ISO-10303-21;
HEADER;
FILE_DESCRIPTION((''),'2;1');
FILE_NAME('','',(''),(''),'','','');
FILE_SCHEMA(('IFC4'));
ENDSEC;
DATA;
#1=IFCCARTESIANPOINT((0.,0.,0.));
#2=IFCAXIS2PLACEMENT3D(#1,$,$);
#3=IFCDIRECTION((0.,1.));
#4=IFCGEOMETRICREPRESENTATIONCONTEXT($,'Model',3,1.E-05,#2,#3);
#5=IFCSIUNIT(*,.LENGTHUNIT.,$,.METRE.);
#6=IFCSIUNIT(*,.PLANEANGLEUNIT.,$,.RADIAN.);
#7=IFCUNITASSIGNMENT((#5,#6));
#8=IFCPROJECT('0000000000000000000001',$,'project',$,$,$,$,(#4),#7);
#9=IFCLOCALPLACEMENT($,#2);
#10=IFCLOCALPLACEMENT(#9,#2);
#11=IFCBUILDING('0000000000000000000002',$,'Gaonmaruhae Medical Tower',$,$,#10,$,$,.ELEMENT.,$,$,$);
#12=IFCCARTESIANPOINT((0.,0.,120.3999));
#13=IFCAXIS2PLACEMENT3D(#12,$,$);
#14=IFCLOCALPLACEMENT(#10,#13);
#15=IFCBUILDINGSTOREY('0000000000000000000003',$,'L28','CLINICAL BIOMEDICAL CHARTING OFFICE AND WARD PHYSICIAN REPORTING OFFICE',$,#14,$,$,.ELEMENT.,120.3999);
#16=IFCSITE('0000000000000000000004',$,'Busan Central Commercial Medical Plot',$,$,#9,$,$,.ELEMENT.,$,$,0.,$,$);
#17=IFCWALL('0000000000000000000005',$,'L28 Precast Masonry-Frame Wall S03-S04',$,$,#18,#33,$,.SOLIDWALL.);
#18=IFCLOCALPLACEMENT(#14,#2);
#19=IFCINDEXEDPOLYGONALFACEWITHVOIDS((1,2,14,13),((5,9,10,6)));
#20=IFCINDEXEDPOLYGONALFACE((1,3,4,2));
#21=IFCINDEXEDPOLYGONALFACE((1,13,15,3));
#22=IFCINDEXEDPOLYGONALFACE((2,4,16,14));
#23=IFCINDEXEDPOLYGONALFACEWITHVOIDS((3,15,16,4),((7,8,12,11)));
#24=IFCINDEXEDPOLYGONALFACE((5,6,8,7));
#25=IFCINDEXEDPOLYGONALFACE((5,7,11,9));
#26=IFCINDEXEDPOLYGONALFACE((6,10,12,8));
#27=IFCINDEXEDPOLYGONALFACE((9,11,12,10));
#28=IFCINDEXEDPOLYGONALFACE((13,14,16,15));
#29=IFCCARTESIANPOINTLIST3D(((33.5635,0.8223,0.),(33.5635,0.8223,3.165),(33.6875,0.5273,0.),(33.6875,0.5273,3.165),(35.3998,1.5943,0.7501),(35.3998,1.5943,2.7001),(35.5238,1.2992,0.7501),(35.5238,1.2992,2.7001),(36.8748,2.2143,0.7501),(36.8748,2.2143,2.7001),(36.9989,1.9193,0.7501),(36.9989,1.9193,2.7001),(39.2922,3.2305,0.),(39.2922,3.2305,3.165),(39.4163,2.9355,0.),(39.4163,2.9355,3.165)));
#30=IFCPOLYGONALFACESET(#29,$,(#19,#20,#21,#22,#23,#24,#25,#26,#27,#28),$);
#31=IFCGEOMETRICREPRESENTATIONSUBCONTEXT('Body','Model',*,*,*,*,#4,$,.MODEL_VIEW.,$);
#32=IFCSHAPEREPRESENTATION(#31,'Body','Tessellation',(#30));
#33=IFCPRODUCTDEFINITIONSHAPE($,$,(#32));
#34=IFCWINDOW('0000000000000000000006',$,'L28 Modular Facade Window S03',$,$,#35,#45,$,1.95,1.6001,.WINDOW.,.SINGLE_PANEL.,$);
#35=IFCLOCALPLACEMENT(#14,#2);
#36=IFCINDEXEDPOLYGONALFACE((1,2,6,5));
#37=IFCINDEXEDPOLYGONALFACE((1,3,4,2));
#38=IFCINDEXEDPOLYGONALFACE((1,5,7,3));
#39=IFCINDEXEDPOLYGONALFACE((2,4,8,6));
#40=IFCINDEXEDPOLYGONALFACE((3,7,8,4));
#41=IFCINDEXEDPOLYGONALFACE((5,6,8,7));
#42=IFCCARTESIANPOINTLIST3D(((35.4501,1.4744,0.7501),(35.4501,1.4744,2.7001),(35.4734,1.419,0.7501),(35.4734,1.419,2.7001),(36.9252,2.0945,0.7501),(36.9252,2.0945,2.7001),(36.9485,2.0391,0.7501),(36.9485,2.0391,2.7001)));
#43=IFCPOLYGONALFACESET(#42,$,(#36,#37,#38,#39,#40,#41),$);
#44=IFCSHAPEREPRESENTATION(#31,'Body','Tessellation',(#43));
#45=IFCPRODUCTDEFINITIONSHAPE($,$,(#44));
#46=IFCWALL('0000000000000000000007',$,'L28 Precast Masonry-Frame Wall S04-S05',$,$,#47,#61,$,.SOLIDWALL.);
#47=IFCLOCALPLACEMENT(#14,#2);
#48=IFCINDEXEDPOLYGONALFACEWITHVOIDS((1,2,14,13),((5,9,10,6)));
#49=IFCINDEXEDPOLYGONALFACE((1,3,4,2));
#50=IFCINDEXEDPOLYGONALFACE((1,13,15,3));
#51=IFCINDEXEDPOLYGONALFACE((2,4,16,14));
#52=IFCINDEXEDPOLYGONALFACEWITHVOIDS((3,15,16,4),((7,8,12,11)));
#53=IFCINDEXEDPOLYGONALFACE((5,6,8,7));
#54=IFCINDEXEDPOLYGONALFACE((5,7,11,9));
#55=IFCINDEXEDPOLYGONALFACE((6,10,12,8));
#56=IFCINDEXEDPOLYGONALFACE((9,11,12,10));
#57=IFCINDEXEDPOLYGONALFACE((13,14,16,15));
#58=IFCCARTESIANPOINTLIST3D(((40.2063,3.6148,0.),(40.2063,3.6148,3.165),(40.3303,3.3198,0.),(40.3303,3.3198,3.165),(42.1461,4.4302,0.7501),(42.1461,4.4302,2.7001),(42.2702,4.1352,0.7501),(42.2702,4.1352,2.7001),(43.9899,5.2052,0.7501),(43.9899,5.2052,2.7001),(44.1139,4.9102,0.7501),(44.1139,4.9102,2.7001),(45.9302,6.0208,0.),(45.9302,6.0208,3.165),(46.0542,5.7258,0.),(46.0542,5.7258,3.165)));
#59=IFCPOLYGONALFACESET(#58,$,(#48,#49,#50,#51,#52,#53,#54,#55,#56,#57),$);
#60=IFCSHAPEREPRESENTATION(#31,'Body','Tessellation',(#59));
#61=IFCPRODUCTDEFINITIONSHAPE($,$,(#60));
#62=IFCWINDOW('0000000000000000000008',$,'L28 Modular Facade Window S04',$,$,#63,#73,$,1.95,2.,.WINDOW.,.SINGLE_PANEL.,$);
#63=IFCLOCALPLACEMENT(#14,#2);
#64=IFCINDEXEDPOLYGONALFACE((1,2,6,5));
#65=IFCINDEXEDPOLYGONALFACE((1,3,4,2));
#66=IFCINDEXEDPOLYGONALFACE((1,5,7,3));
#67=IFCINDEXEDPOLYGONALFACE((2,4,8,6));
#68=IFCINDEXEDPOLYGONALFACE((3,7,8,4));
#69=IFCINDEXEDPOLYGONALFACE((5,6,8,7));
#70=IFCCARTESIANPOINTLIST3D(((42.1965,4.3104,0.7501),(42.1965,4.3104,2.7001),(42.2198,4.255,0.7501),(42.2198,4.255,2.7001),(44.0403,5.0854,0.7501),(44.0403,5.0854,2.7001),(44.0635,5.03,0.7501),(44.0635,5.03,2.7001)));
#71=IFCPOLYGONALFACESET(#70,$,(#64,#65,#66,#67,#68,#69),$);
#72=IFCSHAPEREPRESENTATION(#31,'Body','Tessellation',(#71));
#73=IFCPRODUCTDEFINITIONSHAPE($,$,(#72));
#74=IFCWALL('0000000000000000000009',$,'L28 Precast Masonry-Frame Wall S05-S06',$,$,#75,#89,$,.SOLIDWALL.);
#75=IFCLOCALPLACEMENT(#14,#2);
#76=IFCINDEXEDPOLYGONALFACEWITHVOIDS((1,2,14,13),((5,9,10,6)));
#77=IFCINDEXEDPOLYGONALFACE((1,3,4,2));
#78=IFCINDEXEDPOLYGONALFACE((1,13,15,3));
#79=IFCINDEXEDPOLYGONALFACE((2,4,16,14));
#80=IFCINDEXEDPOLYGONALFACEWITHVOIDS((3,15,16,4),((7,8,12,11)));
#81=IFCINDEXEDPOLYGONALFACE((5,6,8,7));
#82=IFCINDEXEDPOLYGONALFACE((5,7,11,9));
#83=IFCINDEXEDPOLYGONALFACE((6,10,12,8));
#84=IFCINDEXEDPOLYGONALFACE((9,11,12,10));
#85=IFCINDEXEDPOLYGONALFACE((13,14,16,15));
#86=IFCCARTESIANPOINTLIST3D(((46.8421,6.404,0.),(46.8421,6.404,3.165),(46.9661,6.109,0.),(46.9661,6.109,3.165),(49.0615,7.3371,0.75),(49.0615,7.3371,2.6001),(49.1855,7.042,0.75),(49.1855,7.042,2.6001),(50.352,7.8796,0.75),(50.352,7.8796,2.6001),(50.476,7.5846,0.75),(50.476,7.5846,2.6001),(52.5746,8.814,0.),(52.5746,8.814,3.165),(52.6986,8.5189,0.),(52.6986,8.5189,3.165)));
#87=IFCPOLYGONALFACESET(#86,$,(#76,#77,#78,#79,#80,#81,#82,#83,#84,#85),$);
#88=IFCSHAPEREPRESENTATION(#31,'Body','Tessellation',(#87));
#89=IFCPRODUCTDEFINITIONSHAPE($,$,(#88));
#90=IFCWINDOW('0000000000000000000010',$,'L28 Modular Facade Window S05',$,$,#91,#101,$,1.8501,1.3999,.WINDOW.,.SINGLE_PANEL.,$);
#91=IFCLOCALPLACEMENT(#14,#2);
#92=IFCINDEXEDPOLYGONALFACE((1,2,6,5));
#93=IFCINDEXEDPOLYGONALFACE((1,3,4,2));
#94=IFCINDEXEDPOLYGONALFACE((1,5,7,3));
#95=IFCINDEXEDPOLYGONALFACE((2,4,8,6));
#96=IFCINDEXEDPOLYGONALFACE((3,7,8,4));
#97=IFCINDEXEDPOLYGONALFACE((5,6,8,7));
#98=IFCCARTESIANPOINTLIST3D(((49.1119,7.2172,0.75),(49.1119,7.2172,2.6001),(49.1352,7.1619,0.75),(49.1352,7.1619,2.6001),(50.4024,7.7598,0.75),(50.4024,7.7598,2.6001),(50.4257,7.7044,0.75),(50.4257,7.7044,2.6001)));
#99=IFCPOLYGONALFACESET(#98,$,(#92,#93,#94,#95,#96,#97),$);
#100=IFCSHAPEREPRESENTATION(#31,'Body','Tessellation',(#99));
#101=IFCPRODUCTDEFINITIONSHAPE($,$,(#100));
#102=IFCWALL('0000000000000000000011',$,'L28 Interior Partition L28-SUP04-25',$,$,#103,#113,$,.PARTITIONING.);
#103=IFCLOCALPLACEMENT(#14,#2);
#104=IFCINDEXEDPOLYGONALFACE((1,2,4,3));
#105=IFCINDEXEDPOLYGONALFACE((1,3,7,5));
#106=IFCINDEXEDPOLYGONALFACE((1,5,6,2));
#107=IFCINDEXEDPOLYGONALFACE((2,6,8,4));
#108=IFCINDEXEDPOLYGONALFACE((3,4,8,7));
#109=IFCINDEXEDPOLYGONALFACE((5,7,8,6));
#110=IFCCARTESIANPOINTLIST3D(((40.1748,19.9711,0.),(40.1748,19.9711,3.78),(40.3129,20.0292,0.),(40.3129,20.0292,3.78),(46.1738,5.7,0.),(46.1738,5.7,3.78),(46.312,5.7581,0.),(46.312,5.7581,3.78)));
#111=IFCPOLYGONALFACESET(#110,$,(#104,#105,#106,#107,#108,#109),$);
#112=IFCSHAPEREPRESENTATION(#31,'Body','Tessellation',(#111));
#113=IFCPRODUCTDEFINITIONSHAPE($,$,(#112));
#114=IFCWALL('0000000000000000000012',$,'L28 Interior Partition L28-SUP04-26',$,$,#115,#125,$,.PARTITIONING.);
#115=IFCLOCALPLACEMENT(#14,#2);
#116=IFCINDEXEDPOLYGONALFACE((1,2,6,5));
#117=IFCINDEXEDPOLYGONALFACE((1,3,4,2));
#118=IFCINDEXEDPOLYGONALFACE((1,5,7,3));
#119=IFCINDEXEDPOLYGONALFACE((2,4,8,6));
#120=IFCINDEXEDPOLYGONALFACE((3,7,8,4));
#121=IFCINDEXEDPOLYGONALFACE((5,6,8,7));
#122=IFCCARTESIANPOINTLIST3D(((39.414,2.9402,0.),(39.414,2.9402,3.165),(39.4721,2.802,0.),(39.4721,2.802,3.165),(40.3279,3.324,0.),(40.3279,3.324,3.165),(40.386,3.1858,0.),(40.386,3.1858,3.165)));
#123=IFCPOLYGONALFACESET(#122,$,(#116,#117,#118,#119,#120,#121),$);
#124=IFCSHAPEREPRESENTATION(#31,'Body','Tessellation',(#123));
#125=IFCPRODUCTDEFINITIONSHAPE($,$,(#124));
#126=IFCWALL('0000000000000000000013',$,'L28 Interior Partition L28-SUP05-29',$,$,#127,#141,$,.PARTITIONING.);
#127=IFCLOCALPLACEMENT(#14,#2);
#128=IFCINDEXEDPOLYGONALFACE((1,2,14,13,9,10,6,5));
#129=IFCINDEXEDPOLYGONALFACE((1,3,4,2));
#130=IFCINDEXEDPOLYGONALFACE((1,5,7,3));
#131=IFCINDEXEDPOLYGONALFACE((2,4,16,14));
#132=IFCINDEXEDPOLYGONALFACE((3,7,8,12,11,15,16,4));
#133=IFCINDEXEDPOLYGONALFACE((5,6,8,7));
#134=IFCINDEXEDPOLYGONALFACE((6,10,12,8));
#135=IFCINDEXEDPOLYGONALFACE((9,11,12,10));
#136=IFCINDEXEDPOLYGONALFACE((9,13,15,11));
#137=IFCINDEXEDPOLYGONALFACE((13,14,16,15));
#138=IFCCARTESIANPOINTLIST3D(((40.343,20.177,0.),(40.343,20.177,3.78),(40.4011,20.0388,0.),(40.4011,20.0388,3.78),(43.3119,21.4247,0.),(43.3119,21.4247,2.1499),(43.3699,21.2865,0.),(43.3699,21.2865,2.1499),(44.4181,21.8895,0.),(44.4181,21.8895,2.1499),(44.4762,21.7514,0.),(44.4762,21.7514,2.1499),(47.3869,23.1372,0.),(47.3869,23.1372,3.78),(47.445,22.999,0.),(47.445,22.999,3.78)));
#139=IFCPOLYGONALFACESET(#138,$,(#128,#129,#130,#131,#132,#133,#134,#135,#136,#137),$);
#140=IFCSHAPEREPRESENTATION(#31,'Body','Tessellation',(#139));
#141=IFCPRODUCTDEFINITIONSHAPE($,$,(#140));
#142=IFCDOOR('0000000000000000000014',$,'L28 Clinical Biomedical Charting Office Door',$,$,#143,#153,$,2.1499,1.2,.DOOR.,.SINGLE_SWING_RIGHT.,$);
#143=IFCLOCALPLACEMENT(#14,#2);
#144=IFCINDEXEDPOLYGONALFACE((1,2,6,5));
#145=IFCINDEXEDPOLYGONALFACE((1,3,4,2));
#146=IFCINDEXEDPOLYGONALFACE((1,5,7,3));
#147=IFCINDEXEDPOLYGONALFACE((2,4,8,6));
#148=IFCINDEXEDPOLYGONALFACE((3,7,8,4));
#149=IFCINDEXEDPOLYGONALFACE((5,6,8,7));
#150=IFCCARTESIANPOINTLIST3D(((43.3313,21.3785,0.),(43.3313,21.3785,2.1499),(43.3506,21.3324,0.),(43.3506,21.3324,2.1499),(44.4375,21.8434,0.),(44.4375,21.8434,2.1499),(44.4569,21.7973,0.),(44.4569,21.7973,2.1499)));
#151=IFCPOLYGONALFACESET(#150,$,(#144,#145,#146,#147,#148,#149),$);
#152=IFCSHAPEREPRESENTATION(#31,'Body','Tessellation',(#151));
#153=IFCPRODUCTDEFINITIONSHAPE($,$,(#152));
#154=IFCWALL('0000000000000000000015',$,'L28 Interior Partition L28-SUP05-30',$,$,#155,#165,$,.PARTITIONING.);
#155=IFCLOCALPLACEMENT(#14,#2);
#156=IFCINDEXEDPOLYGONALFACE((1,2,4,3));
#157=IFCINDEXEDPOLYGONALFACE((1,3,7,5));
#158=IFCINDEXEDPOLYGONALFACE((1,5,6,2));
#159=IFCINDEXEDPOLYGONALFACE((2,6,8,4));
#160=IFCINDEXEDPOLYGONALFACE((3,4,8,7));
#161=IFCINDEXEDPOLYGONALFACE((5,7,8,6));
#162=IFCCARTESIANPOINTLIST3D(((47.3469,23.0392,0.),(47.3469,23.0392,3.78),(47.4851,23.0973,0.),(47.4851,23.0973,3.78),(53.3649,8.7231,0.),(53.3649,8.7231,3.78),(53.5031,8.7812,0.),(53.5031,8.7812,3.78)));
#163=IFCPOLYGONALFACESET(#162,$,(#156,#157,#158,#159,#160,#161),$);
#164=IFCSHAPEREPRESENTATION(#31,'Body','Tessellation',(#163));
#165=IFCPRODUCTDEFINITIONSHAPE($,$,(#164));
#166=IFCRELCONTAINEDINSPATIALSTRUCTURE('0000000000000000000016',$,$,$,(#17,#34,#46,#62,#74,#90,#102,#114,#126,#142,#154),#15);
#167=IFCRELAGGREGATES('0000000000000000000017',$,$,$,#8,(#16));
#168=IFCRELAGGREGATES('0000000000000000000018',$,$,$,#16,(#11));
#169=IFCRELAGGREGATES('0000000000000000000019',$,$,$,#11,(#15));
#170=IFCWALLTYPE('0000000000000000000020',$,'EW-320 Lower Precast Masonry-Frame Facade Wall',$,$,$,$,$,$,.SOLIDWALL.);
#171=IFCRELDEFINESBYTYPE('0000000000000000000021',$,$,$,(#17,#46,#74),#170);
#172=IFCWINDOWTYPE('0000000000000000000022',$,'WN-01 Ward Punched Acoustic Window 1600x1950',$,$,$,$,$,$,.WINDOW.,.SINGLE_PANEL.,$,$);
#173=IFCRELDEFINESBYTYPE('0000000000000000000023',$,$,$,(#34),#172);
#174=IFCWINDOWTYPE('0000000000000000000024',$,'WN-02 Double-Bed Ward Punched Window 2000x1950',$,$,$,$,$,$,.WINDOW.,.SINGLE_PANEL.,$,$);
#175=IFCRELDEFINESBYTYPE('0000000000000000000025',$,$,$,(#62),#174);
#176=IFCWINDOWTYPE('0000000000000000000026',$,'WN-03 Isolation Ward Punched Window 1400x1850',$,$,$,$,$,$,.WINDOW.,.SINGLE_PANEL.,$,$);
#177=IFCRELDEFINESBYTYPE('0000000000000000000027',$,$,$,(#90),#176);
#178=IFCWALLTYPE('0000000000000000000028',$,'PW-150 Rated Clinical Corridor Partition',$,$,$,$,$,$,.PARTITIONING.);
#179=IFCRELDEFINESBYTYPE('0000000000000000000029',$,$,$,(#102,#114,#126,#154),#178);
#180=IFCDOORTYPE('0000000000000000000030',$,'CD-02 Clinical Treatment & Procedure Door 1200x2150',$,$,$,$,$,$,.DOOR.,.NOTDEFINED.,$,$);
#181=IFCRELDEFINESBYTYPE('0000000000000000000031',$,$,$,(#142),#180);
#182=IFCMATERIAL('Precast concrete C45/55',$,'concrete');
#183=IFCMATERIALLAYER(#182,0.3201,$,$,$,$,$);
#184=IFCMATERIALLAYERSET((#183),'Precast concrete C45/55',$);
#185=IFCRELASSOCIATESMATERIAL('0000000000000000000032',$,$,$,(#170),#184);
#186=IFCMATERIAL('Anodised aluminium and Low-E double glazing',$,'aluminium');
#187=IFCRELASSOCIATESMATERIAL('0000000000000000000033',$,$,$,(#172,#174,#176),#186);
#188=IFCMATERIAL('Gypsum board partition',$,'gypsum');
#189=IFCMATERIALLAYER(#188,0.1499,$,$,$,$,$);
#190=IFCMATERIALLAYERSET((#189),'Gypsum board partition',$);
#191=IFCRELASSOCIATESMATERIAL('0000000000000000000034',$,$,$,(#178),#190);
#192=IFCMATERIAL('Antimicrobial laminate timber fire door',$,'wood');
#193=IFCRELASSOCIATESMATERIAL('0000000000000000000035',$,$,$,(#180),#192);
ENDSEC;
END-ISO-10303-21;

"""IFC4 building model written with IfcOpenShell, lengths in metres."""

from ifc_helpers import new_model, si_unit, direction, frame, frame_2d, origin, place, context, subcontext, project, spatial, rectangle, extrude, material, layer, layer_set, type_object, element, fill, save


model = new_model("IFC4")

# Units and contexts
model_context = context("Model", 3, precision=1e-05, world=origin(), true_north=direction((0.0, 1.0)))
body_context = subcontext(model_context, "Body", "Model", "MODEL_VIEW")
ifc_project = project(units=[si_unit("LENGTHUNIT", "METRE"), si_unit("PLANEANGLEUNIT", "RADIAN")], contexts=[model_context])

# Site, building, storey
site_placement = place(None, origin())
site = spatial("IfcSite", under=ifc_project, at=site_placement, Name="Busan Central Commercial Medical Plot", CompositionType="ELEMENT", RefElevation=0.0)
building_placement = place(site_placement, origin())
building = spatial("IfcBuilding", under=site, at=building_placement, Name="Gaonmaruhae Medical Tower", CompositionType="ELEMENT")
storey_placement = place(building_placement, frame((0.0, 0.0, 120.3999)))
storey = spatial("IfcBuildingStorey", under=building, at=storey_placement, Name="L28", Description="CLINICAL BIOMEDICAL CHARTING OFFICE AND WARD PHYSICIAN REPORTING OFFICE", CompositionType="ELEMENT", Elevation=120.3999)

# Walls, openings, windows
ifc_material_1 = material(Name="Precast concrete C45/55", Category="concrete")
ifc_layer_1 = layer(ifc_material_1, 0.3201)
ifc_layer_set_1 = layer_set([ifc_layer_1], Name="Precast concrete C45/55")
wall_type_1 = type_object("IfcWallType", Name="EW-320 Lower Precast Masonry-Frame Facade Wall", PredefinedType="SOLIDWALL", material=ifc_layer_set_1)
wall_1_placement = place(storey_placement, frame((39.3542, 3.083, 0.0), z_axis=(0.0, 0.0, 1.0), x_axis=(-0.92186, -0.387523, 0.0)))
wall_1 = element("IfcWall", 1, at=wall_1_placement, inside=storey, type_object=wall_type_1, Name="L28 Precast Masonry-Frame Wall S03-S04", PredefinedType="SOLIDWALL", context=body_context, shape_type="SweptSolid", body=[
    extrude(rectangle(XDim=6.2144, YDim=0.3201, at=frame_2d((3.1072, 0.0))), origin(), (0.0, 0.0, 1.0), 3.165),
])
opening_1_placement = place(wall_1_placement, frame((2.6223, 0.0, 0.75)))
opening_1 = element("IfcOpeningElement", 2, at=opening_1_placement, cuts=wall_1, PredefinedType="OPENING", context=body_context, shape_type="SweptSolid", body=[
    extrude(rectangle(XDim=1.6001, YDim=1.95, at=frame_2d((0.8, 0.9751))), frame((0.0, 0.1699, 0.0), z_axis=(0.0, -1.0, 0.0), x_axis=(1.0, 0.0, 0.0)), (0.0, 0.0, 1.0), 0.3401),
])
ifc_material_2 = material(Name="Anodised aluminium and Low-E double glazing", Category="aluminium")
window_type_1 = type_object("IfcWindowType", Name="WN-01 Ward Punched Acoustic Window 1600x1950", PartitioningType="SINGLE_PANEL", PredefinedType="WINDOW", material=ifc_material_2)
window_1_placement = place(opening_1_placement, origin())
window_1 = element("IfcWindow", 3, at=window_1_placement, inside=storey, type_object=window_type_1, Name="L28 Modular Facade Window S03", OverallHeight=1.95, OverallWidth=1.6001, PartitioningType="SINGLE_PANEL", PredefinedType="WINDOW", context=body_context, shape_type="SweptSolid", body=[
    extrude(rectangle(XDim=1.6001, YDim=1.95, at=frame_2d((0.8, 0.9751))), frame((0.0, 0.03, 0.0), z_axis=(0.0, -1.0, 0.0), x_axis=(1.0, 0.0, 0.0)), (0.0, 0.0, 1.0), 0.0601),
])
fill(opening_1, window_1)
wall_2_placement = place(storey_placement, frame((45.9922, 5.8733, 0.0), z_axis=(0.0, 0.0, 1.0), x_axis=(-0.921868, -0.387503, 0.0)))
wall_2 = element("IfcWall", 4, at=wall_2_placement, inside=storey, type_object=wall_type_1, Name="L28 Precast Masonry-Frame Wall S04-S05", PredefinedType="SOLIDWALL", context=body_context, shape_type="SweptSolid", body=[
    extrude(rectangle(XDim=6.209, YDim=0.3201, at=frame_2d((3.1045, 0.0))), origin(), (0.0, 0.0, 1.0), 3.165),
])
opening_2_placement = place(wall_2_placement, frame((2.1047, 0.0, 0.75)))
opening_2 = element("IfcOpeningElement", 5, at=opening_2_placement, cuts=wall_2, PredefinedType="OPENING", context=body_context, shape_type="SweptSolid", body=[
    extrude(rectangle(XDim=2.0, YDim=1.95, at=frame_2d((1.0, 0.9751))), frame((0.0, 0.1699, 0.0), z_axis=(0.0, -1.0, 0.0), x_axis=(1.0, 0.0, 0.0)), (0.0, 0.0, 1.0), 0.3401),
])
window_type_2 = type_object("IfcWindowType", Name="WN-02 Double-Bed Ward Punched Window 2000x1950", PartitioningType="SINGLE_PANEL", PredefinedType="WINDOW", material=ifc_material_2)
window_2_placement = place(opening_2_placement, origin())
window_2 = element("IfcWindow", 6, at=window_2_placement, inside=storey, type_object=window_type_2, Name="L28 Modular Facade Window S04", OverallHeight=1.95, OverallWidth=2.0, PartitioningType="SINGLE_PANEL", PredefinedType="WINDOW", context=body_context, shape_type="SweptSolid", body=[
    extrude(rectangle(XDim=2.0, YDim=1.95, at=frame_2d((1.0, 0.9751))), frame((0.0, 0.03, 0.0), z_axis=(0.0, -1.0, 0.0), x_axis=(1.0, 0.0, 0.0)), (0.0, 0.0, 1.0), 0.0601),
])
fill(opening_2, window_2)
wall_3_placement = place(storey_placement, frame((52.6367, 8.6665, 0.0), z_axis=(0.0, 0.0, 1.0), x_axis=(-0.92185, -0.387546, 0.0)))
wall_3 = element("IfcWall", 7, at=wall_3_placement, inside=storey, type_object=wall_type_1, Name="L28 Precast Masonry-Frame Wall S05-S06", PredefinedType="SOLIDWALL", context=body_context, shape_type="SweptSolid", body=[
    extrude(rectangle(XDim=6.2185, YDim=0.3201, at=frame_2d((3.1094, 0.0))), origin(), (0.0, 0.0, 1.0), 3.165),
])
opening_3_placement = place(wall_3_placement, frame((2.4111, 0.0, 0.75)))
opening_3 = element("IfcOpeningElement", 8, at=opening_3_placement, cuts=wall_3, PredefinedType="OPENING", context=body_context, shape_type="SweptSolid", body=[
    extrude(rectangle(XDim=1.3999, YDim=1.8501, at=frame_2d((0.7, 0.925))), frame((0.0, 0.1699, 0.0), z_axis=(0.0, -1.0, 0.0), x_axis=(1.0, 0.0, 0.0)), (0.0, 0.0, 1.0), 0.3401),
])
window_type_3 = type_object("IfcWindowType", Name="WN-03 Isolation Ward Punched Window 1400x1850", PartitioningType="SINGLE_PANEL", PredefinedType="WINDOW", material=ifc_material_2)
window_3_placement = place(opening_3_placement, origin())
window_3 = element("IfcWindow", 9, at=window_3_placement, inside=storey, type_object=window_type_3, Name="L28 Modular Facade Window S05", OverallHeight=1.8501, OverallWidth=1.3999, PartitioningType="SINGLE_PANEL", PredefinedType="WINDOW", context=body_context, shape_type="SweptSolid", body=[
    extrude(rectangle(XDim=1.3999, YDim=1.8501, at=frame_2d((0.7, 0.925))), frame((0.0, 0.03, 0.0), z_axis=(0.0, -1.0, 0.0), x_axis=(1.0, 0.0, 0.0)), (0.0, 0.0, 1.0), 0.0601),
])
fill(opening_3, window_3)

# Walls
ifc_material_3 = material(Name="Gypsum board partition", Category="gypsum")
ifc_layer_2 = layer(ifc_material_3, 0.1499)
ifc_layer_set_2 = layer_set([ifc_layer_2], Name="Gypsum board partition")
wall_type_2 = type_object("IfcWallType", Name="PW-150 Rated Clinical Corridor Partition", PredefinedType="PARTITIONING", material=ifc_layer_set_2)
wall_4_placement = place(storey_placement, frame((40.2439, 20.0, 0.0), z_axis=(0.0, 0.0, 1.0), x_axis=(0.387518, -0.921862, 0.0)))
element("IfcWall", 10, at=wall_4_placement, inside=storey, type_object=wall_type_2, Name="L28 Interior Partition L28-SUP04-25", PredefinedType="PARTITIONING", context=body_context, shape_type="SweptSolid", body=[
    extrude(rectangle(XDim=15.4807, YDim=0.1499, at=frame_2d((7.7402, 0.0))), origin(), (0.0, 0.0, 1.0), 3.78),
])
wall_5_placement = place(storey_placement, frame((40.3569, 3.2549, 0.0), z_axis=(0.0, 0.0, 1.0), x_axis=(-0.921987, -0.38722, 0.0)))
element("IfcWall", 11, at=wall_5_placement, inside=storey, type_object=wall_type_2, Name="L28 Interior Partition L28-SUP04-26", PredefinedType="PARTITIONING", context=body_context, shape_type="SweptSolid", body=[
    extrude(rectangle(XDim=0.9912, YDim=0.1499, at=frame_2d((0.4956, 0.0))), origin(), (0.0, 0.0, 1.0), 3.165),
])

# Wall, opening, door
wall_6_placement = place(storey_placement, frame((40.3721, 20.1079, 0.0), z_axis=(0.0, 0.0, 1.0), x_axis=(0.9219, 0.387427, 0.0)))
wall_6 = element("IfcWall", 12, at=wall_6_placement, inside=storey, type_object=wall_type_2, Name="L28 Interior Partition L28-SUP05-29", PredefinedType="PARTITIONING", context=body_context, shape_type="SweptSolid", body=[
    extrude(rectangle(XDim=7.6406, YDim=0.1499, at=frame_2d((3.8203, 0.0))), origin(), (0.0, 0.0, 1.0), 3.78),
])
opening_4_placement = place(wall_6_placement, frame((3.2202, 0.0, 0.0)))
opening_4 = element("IfcOpeningElement", 13, at=opening_4_placement, cuts=wall_6, PredefinedType="OPENING", context=body_context, shape_type="SweptSolid", body=[
    extrude(rectangle(XDim=1.2, YDim=2.1499, at=frame_2d((0.6001, 1.075))), frame((0.0, 0.085, 0.0), z_axis=(0.0, -1.0, 0.0), x_axis=(1.0, 0.0, 0.0)), (0.0, 0.0, 1.0), 0.1699),
])
ifc_material_4 = material(Name="Antimicrobial laminate timber fire door", Category="wood")
door_type = type_object("IfcDoorType", Name="CD-02 Clinical Treatment & Procedure Door 1200x2150", OperationType="NOTDEFINED", PredefinedType="DOOR", material=ifc_material_4)
door_placement = place(opening_4_placement, origin())
door = element("IfcDoor", 14, at=door_placement, inside=storey, type_object=door_type, Name="L28 Clinical Biomedical Charting Office Door", OperationType="SINGLE_SWING_RIGHT", OverallHeight=2.1499, OverallWidth=1.2, PredefinedType="DOOR", context=body_context, shape_type="SweptSolid", body=[
    extrude(rectangle(XDim=1.2, YDim=2.1499, at=frame_2d((0.6001, 1.075))), frame((0.0, 0.0249, 0.0), z_axis=(0.0, -1.0, 0.0), x_axis=(1.0, 0.0, 0.0)), (0.0, 0.0, 1.0), 0.05),
])
fill(opening_4, door)

# Wall
wall_7_placement = place(storey_placement, frame((47.416, 23.0681, 0.0), z_axis=(0.0, 0.0, 1.0), x_axis=(0.387521, -0.921861, 0.0)))
element("IfcWall", 15, at=wall_7_placement, inside=storey, type_object=wall_type_2, Name="L28 Interior Partition L28-SUP05-30", PredefinedType="PARTITIONING", context=body_context, shape_type="SweptSolid", body=[
    extrude(rectangle(XDim=15.5295, YDim=0.1499, at=frame_2d((7.7646, 0.0))), origin(), (0.0, 0.0, 1.0), 3.78),
])

save(model, "model.ifc")
